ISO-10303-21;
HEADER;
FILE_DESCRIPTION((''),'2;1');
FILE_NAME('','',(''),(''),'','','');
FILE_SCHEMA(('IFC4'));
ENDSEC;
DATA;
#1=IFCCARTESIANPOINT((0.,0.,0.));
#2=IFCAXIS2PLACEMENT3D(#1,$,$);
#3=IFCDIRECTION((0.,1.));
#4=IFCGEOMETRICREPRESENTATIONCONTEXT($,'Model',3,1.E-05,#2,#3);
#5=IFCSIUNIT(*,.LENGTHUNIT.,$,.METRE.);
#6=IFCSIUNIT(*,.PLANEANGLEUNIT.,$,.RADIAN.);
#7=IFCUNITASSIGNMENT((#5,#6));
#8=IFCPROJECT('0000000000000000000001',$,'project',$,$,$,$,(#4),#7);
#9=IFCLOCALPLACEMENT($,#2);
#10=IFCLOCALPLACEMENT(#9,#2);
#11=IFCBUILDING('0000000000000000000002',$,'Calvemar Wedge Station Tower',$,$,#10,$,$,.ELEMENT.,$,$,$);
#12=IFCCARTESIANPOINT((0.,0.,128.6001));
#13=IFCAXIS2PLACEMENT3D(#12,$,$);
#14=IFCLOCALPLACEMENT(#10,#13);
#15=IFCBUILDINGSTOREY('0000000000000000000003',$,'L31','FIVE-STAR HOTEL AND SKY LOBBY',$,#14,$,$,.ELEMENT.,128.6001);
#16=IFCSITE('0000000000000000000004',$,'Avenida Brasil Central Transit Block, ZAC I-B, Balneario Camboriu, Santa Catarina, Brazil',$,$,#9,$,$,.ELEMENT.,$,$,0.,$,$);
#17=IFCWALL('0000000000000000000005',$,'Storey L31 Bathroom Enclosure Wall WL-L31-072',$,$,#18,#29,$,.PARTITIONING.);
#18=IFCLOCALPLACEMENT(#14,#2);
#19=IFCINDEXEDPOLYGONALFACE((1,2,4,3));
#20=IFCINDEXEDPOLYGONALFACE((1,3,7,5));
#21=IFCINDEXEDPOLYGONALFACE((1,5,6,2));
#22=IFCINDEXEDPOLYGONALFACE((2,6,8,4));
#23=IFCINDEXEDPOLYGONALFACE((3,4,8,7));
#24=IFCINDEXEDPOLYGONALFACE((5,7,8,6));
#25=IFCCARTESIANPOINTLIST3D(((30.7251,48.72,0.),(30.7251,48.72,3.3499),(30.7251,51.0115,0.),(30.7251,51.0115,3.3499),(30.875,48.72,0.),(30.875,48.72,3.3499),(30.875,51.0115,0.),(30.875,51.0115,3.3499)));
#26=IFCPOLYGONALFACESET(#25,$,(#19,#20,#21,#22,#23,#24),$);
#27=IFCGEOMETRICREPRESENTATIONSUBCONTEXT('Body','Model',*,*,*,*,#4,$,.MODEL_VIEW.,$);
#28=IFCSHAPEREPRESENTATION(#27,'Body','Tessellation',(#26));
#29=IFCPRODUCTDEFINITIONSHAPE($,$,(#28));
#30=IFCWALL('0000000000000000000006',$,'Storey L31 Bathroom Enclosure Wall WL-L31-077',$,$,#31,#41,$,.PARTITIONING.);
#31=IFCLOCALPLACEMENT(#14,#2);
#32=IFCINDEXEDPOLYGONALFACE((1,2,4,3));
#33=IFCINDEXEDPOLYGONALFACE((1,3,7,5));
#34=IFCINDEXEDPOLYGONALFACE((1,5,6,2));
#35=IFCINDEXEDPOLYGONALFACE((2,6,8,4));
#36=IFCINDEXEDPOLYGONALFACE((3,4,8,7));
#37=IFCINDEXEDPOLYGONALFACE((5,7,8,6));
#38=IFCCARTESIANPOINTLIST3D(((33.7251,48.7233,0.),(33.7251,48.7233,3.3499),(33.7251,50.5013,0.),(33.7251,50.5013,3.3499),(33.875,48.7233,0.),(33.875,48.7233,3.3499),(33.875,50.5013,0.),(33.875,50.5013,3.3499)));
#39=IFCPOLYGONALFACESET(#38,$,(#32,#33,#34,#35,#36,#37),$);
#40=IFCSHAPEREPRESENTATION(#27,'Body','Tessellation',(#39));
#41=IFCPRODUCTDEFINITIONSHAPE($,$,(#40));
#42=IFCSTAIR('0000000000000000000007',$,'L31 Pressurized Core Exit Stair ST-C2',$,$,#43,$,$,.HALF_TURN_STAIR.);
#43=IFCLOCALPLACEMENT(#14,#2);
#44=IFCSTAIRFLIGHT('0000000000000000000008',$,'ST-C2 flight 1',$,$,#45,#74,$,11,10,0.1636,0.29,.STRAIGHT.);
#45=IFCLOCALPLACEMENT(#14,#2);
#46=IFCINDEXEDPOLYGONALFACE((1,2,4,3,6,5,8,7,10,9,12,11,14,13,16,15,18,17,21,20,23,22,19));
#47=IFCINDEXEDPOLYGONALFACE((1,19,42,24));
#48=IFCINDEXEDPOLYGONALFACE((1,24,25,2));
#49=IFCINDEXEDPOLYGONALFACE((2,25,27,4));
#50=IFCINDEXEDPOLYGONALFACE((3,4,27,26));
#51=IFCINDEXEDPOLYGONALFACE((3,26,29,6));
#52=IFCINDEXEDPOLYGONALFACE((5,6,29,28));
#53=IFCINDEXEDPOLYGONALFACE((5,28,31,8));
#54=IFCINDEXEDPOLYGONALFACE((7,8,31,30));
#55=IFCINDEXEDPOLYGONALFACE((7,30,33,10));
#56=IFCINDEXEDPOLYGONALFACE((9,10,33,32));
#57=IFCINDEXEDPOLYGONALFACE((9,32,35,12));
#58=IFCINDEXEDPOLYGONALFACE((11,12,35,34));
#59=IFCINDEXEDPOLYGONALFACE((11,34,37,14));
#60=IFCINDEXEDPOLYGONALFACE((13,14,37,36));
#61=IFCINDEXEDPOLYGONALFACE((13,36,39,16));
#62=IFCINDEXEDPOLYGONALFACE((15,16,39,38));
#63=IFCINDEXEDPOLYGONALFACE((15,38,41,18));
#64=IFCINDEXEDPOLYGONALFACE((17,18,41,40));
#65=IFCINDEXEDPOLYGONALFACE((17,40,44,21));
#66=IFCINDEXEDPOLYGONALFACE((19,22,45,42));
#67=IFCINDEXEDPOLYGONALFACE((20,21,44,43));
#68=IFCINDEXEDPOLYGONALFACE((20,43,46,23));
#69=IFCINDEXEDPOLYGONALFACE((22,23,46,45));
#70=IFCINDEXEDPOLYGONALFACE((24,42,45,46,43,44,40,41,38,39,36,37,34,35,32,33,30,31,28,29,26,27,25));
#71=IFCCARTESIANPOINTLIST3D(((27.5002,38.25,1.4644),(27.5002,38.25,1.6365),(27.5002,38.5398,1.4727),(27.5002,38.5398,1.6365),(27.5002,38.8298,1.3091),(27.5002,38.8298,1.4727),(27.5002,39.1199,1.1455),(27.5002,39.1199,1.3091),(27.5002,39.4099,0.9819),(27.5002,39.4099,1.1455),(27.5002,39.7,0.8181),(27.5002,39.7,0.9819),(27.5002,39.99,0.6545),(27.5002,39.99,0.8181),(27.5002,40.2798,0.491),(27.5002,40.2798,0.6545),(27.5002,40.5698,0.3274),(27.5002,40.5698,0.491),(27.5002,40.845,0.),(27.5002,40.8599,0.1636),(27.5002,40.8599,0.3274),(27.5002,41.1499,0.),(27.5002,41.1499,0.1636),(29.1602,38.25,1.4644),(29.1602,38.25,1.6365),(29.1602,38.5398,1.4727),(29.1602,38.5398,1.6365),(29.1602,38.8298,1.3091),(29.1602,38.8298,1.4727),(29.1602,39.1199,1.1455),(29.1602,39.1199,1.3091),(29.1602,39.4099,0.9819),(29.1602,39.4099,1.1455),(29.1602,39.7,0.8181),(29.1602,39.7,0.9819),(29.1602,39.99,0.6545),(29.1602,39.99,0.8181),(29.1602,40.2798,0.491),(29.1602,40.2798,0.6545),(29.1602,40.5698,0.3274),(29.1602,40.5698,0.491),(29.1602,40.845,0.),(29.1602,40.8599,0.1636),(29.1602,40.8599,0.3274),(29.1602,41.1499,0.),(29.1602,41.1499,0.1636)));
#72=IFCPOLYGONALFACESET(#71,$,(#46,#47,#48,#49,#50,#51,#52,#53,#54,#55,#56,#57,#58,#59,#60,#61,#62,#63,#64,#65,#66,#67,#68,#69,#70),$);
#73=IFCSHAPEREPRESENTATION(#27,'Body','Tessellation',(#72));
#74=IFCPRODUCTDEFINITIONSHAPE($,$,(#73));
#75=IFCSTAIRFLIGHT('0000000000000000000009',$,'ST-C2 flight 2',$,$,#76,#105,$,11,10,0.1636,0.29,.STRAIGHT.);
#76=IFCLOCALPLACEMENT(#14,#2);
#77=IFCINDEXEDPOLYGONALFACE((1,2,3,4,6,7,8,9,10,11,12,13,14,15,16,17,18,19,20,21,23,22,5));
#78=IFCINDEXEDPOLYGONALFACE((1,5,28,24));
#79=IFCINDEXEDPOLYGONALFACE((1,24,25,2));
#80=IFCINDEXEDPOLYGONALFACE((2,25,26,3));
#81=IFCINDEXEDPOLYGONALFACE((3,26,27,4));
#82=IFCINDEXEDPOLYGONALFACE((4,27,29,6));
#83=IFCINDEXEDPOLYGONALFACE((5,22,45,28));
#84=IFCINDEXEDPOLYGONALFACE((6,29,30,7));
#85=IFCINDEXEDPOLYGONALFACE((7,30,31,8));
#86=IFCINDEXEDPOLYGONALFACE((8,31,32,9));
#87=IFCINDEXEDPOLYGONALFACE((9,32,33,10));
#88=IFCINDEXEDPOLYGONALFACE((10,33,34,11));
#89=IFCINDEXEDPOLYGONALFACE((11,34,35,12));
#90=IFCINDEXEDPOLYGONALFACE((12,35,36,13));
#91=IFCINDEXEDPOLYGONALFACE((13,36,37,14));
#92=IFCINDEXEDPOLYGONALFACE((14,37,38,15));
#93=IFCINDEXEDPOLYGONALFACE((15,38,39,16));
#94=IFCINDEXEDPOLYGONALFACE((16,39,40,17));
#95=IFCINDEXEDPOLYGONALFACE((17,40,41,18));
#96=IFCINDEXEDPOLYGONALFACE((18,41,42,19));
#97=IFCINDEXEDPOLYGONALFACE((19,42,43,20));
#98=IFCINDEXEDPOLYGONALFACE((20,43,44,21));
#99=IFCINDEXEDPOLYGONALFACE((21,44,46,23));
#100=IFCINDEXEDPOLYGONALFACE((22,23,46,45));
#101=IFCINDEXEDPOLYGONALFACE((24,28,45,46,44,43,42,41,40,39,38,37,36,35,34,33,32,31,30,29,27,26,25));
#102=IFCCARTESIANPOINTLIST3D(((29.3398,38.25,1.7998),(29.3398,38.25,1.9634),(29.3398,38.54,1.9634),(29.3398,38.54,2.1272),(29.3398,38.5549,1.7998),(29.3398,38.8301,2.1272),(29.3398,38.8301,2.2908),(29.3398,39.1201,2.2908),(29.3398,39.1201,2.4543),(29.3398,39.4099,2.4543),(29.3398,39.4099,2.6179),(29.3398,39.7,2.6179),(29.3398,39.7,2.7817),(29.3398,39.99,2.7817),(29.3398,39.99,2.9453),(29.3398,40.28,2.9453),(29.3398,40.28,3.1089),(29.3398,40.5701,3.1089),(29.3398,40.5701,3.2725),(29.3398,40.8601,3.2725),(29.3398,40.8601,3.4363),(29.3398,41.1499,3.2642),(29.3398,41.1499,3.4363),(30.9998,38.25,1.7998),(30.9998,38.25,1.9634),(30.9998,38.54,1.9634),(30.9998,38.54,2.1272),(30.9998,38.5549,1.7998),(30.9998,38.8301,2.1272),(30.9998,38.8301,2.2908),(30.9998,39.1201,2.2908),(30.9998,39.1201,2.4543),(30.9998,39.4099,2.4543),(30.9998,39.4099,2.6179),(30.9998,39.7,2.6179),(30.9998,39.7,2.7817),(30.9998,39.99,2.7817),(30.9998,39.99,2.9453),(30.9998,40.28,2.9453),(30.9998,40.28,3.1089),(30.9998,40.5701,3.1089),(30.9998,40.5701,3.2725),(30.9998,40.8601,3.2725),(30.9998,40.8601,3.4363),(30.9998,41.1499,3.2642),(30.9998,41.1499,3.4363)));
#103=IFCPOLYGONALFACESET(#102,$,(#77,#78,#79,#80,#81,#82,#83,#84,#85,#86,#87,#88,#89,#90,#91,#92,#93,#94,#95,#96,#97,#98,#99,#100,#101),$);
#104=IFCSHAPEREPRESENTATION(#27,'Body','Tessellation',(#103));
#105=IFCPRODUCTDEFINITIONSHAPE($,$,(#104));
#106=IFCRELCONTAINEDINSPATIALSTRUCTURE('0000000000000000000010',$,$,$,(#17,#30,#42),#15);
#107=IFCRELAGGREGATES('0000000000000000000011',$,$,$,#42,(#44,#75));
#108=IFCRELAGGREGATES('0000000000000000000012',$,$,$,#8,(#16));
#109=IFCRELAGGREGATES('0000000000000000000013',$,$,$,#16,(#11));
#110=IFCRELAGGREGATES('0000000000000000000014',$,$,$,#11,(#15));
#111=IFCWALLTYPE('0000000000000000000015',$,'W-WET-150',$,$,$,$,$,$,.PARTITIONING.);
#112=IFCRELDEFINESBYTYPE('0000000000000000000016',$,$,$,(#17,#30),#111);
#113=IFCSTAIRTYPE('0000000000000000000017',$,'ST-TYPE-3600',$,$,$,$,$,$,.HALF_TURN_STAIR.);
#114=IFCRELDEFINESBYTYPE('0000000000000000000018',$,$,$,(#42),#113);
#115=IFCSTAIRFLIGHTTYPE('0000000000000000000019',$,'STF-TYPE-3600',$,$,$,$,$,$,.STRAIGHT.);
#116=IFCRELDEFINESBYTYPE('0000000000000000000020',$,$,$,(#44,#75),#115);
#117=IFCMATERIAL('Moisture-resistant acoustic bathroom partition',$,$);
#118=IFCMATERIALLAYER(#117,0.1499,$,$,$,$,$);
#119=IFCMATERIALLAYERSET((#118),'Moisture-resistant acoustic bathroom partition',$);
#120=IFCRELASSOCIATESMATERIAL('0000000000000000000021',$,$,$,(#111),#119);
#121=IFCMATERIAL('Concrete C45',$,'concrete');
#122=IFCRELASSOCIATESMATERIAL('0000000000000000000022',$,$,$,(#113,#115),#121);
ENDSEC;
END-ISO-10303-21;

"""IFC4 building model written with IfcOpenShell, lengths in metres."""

from ifc_helpers import new_model, si_unit, direction, frame, frame_2d, origin, place, context, subcontext, project, spatial, polyline, rectangle, outline, extrude, material, layer, layer_set, type_object, element, aggregate, save


model = new_model("IFC4")

# Units and contexts
model_context = context("Model", 3, precision=1e-05, world=origin(), true_north=direction((0.0, 1.0)))
body_context = subcontext(model_context, "Body", "Model", "MODEL_VIEW")
ifc_project = project(units=[si_unit("LENGTHUNIT", "METRE"), si_unit("PLANEANGLEUNIT", "RADIAN")], contexts=[model_context])

# Site, building, storey
site_placement = place(None, origin())
site = spatial("IfcSite", under=ifc_project, at=site_placement, Name="Avenida Brasil Central Transit Block, ZAC I-B, Balneario Camboriu, Santa Catarina, Brazil", CompositionType="ELEMENT", RefElevation=0.0)
building_placement = place(site_placement, origin())
building = spatial("IfcBuilding", under=site, at=building_placement, Name="Calvemar Wedge Station Tower", CompositionType="ELEMENT")
storey_placement = place(building_placement, frame((0.0, 0.0, 128.6001)))
storey = spatial("IfcBuildingStorey", under=building, at=storey_placement, Name="L31", Description="FIVE-STAR HOTEL AND SKY LOBBY", CompositionType="ELEMENT", Elevation=128.6001)

# Shared definitions
ifc_material_1 = material(Name="Moisture-resistant acoustic bathroom partition")
ifc_layer_1 = layer(ifc_material_1, 0.1499)
ifc_layer_set_1 = layer_set([ifc_layer_1], Name="Moisture-resistant acoustic bathroom partition")
wall_type_1 = type_object("IfcWallType", Name="W-WET-150", PredefinedType="PARTITIONING", material=ifc_layer_set_1)

# Walls
wall_1_placement = place(storey_placement, frame((30.8, 51.0115, 0.0), z_axis=(0.0, 0.0, 1.0), x_axis=(0.0, -1.0, 0.0)))
element("IfcWall", 1, at=wall_1_placement, inside=storey, type_object=wall_type_1, Name="Storey L31 Bathroom Enclosure Wall WL-L31-072", PredefinedType="PARTITIONING", context=body_context, shape_type="SweptSolid", body=[
    extrude(rectangle(XDim=2.2915, YDim=0.1499, at=frame_2d((1.1458, 0.0))), origin(), (0.0, 0.0, 1.0), 3.3499),
])
wall_2_placement = place(storey_placement, frame((33.8, 48.7231, 0.0), z_axis=(0.0, 0.0, 1.0), x_axis=(0.0, 1.0, 0.0)))
element("IfcWall", 2, at=wall_2_placement, inside=storey, type_object=wall_type_1, Name="Storey L31 Bathroom Enclosure Wall WL-L31-077", PredefinedType="PARTITIONING", context=body_context, shape_type="SweptSolid", body=[
    extrude(rectangle(XDim=1.7781, YDim=0.1499, at=frame_2d((0.8892, 0.0))), origin(), (0.0, 0.0, 1.0), 3.3499),
])

# Stair, stair flights
ifc_material_2 = material(Name="Concrete C45", Category="concrete")
stair_type = type_object("IfcStairType", Name="ST-TYPE-3600", PredefinedType="HALF_TURN_STAIR", material=ifc_material_2)
stair_placement = place(storey_placement, origin())
stair = element("IfcStair", 3, at=stair_placement, inside=storey, type_object=stair_type, Name="L31 Pressurized Core Exit Stair ST-C2", PredefinedType="HALF_TURN_STAIR")
stair_flight_type = type_object("IfcStairFlightType", Name="STF-TYPE-3600", PredefinedType="STRAIGHT", material=ifc_material_2)
stair_flight_1_placement = place(storey_placement, frame((28.3301, 41.1499, 0.0), z_axis=(0.0, 0.0, 1.0), x_axis=(0.0, -1.0, 0.0)))
stair_flight_1 = element("IfcStairFlight", 4, at=stair_flight_1_placement, type_object=stair_flight_type, Name="ST-C2 flight 1", NumberOfRisers=11, NumberOfTreads=10, PredefinedType="STRAIGHT", RiserHeight=0.1636, TreadLength=0.29, context=body_context, shape_type="SweptSolid", body=[
    extrude(outline(polyline([(0.0, 0.0), (0.0, 0.1636), (0.29, 0.1636), (0.29, 0.3274), (0.5801, 0.3274), (0.5801, 0.491), (0.8701, 0.491), (0.8701, 0.6545), (1.1599, 0.6545), (1.1599, 0.8181), (1.45, 0.8181), (1.45, 0.9819), (1.74, 0.9819), (1.74, 1.1455), (2.03, 1.1455), (2.03, 1.3091), (2.3201, 1.3091), (2.3201, 1.4727), (2.6101, 1.4727), (2.6101, 1.6365), (2.8999, 1.6365), (2.8999, 1.8), (2.8999, 1.4644), (0.3049, 0.0), (0.0, 0.0)])), frame((0.0, 0.8301, 0.0), z_axis=(0.0, -1.0, 0.0), x_axis=(1.0, 0.0, 0.0)), (0.0, 0.0, 1.0), 1.6599),
])
stair_flight_2_placement = place(storey_placement, frame((30.1699, 38.25, 1.7998), z_axis=(0.0, 0.0, 1.0), x_axis=(0.0, 1.0, 0.0)))
stair_flight_2 = element("IfcStairFlight", 5, at=stair_flight_2_placement, type_object=stair_flight_type, Name="ST-C2 flight 2", NumberOfRisers=11, NumberOfTreads=10, PredefinedType="STRAIGHT", RiserHeight=0.1636, TreadLength=0.29, context=body_context, shape_type="SweptSolid", body=[
    extrude(outline(polyline([(0.0, 0.0), (0.0, 0.1636), (0.29, 0.1636), (0.29, 0.3274), (0.5801, 0.3274), (0.5801, 0.491), (0.8701, 0.491), (0.8701, 0.6545), (1.1599, 0.6545), (1.1599, 0.8181), (1.45, 0.8181), (1.45, 0.9819), (1.74, 0.9819), (1.74, 1.1455), (2.03, 1.1455), (2.03, 1.3091), (2.3201, 1.3091), (2.3201, 1.4727), (2.6101, 1.4727), (2.6101, 1.6365), (2.8999, 1.6365), (2.8999, 1.8), (2.8999, 1.4644), (0.3049, 0.0), (0.0, 0.0)])), frame((0.0, 0.8301, 0.0), z_axis=(0.0, -1.0, 0.0), x_axis=(1.0, 0.0, 0.0)), (0.0, 0.0, 1.0), 1.6599),
])
aggregate(stair, [stair_flight_1, stair_flight_2])

save(model, "model.ifc")
